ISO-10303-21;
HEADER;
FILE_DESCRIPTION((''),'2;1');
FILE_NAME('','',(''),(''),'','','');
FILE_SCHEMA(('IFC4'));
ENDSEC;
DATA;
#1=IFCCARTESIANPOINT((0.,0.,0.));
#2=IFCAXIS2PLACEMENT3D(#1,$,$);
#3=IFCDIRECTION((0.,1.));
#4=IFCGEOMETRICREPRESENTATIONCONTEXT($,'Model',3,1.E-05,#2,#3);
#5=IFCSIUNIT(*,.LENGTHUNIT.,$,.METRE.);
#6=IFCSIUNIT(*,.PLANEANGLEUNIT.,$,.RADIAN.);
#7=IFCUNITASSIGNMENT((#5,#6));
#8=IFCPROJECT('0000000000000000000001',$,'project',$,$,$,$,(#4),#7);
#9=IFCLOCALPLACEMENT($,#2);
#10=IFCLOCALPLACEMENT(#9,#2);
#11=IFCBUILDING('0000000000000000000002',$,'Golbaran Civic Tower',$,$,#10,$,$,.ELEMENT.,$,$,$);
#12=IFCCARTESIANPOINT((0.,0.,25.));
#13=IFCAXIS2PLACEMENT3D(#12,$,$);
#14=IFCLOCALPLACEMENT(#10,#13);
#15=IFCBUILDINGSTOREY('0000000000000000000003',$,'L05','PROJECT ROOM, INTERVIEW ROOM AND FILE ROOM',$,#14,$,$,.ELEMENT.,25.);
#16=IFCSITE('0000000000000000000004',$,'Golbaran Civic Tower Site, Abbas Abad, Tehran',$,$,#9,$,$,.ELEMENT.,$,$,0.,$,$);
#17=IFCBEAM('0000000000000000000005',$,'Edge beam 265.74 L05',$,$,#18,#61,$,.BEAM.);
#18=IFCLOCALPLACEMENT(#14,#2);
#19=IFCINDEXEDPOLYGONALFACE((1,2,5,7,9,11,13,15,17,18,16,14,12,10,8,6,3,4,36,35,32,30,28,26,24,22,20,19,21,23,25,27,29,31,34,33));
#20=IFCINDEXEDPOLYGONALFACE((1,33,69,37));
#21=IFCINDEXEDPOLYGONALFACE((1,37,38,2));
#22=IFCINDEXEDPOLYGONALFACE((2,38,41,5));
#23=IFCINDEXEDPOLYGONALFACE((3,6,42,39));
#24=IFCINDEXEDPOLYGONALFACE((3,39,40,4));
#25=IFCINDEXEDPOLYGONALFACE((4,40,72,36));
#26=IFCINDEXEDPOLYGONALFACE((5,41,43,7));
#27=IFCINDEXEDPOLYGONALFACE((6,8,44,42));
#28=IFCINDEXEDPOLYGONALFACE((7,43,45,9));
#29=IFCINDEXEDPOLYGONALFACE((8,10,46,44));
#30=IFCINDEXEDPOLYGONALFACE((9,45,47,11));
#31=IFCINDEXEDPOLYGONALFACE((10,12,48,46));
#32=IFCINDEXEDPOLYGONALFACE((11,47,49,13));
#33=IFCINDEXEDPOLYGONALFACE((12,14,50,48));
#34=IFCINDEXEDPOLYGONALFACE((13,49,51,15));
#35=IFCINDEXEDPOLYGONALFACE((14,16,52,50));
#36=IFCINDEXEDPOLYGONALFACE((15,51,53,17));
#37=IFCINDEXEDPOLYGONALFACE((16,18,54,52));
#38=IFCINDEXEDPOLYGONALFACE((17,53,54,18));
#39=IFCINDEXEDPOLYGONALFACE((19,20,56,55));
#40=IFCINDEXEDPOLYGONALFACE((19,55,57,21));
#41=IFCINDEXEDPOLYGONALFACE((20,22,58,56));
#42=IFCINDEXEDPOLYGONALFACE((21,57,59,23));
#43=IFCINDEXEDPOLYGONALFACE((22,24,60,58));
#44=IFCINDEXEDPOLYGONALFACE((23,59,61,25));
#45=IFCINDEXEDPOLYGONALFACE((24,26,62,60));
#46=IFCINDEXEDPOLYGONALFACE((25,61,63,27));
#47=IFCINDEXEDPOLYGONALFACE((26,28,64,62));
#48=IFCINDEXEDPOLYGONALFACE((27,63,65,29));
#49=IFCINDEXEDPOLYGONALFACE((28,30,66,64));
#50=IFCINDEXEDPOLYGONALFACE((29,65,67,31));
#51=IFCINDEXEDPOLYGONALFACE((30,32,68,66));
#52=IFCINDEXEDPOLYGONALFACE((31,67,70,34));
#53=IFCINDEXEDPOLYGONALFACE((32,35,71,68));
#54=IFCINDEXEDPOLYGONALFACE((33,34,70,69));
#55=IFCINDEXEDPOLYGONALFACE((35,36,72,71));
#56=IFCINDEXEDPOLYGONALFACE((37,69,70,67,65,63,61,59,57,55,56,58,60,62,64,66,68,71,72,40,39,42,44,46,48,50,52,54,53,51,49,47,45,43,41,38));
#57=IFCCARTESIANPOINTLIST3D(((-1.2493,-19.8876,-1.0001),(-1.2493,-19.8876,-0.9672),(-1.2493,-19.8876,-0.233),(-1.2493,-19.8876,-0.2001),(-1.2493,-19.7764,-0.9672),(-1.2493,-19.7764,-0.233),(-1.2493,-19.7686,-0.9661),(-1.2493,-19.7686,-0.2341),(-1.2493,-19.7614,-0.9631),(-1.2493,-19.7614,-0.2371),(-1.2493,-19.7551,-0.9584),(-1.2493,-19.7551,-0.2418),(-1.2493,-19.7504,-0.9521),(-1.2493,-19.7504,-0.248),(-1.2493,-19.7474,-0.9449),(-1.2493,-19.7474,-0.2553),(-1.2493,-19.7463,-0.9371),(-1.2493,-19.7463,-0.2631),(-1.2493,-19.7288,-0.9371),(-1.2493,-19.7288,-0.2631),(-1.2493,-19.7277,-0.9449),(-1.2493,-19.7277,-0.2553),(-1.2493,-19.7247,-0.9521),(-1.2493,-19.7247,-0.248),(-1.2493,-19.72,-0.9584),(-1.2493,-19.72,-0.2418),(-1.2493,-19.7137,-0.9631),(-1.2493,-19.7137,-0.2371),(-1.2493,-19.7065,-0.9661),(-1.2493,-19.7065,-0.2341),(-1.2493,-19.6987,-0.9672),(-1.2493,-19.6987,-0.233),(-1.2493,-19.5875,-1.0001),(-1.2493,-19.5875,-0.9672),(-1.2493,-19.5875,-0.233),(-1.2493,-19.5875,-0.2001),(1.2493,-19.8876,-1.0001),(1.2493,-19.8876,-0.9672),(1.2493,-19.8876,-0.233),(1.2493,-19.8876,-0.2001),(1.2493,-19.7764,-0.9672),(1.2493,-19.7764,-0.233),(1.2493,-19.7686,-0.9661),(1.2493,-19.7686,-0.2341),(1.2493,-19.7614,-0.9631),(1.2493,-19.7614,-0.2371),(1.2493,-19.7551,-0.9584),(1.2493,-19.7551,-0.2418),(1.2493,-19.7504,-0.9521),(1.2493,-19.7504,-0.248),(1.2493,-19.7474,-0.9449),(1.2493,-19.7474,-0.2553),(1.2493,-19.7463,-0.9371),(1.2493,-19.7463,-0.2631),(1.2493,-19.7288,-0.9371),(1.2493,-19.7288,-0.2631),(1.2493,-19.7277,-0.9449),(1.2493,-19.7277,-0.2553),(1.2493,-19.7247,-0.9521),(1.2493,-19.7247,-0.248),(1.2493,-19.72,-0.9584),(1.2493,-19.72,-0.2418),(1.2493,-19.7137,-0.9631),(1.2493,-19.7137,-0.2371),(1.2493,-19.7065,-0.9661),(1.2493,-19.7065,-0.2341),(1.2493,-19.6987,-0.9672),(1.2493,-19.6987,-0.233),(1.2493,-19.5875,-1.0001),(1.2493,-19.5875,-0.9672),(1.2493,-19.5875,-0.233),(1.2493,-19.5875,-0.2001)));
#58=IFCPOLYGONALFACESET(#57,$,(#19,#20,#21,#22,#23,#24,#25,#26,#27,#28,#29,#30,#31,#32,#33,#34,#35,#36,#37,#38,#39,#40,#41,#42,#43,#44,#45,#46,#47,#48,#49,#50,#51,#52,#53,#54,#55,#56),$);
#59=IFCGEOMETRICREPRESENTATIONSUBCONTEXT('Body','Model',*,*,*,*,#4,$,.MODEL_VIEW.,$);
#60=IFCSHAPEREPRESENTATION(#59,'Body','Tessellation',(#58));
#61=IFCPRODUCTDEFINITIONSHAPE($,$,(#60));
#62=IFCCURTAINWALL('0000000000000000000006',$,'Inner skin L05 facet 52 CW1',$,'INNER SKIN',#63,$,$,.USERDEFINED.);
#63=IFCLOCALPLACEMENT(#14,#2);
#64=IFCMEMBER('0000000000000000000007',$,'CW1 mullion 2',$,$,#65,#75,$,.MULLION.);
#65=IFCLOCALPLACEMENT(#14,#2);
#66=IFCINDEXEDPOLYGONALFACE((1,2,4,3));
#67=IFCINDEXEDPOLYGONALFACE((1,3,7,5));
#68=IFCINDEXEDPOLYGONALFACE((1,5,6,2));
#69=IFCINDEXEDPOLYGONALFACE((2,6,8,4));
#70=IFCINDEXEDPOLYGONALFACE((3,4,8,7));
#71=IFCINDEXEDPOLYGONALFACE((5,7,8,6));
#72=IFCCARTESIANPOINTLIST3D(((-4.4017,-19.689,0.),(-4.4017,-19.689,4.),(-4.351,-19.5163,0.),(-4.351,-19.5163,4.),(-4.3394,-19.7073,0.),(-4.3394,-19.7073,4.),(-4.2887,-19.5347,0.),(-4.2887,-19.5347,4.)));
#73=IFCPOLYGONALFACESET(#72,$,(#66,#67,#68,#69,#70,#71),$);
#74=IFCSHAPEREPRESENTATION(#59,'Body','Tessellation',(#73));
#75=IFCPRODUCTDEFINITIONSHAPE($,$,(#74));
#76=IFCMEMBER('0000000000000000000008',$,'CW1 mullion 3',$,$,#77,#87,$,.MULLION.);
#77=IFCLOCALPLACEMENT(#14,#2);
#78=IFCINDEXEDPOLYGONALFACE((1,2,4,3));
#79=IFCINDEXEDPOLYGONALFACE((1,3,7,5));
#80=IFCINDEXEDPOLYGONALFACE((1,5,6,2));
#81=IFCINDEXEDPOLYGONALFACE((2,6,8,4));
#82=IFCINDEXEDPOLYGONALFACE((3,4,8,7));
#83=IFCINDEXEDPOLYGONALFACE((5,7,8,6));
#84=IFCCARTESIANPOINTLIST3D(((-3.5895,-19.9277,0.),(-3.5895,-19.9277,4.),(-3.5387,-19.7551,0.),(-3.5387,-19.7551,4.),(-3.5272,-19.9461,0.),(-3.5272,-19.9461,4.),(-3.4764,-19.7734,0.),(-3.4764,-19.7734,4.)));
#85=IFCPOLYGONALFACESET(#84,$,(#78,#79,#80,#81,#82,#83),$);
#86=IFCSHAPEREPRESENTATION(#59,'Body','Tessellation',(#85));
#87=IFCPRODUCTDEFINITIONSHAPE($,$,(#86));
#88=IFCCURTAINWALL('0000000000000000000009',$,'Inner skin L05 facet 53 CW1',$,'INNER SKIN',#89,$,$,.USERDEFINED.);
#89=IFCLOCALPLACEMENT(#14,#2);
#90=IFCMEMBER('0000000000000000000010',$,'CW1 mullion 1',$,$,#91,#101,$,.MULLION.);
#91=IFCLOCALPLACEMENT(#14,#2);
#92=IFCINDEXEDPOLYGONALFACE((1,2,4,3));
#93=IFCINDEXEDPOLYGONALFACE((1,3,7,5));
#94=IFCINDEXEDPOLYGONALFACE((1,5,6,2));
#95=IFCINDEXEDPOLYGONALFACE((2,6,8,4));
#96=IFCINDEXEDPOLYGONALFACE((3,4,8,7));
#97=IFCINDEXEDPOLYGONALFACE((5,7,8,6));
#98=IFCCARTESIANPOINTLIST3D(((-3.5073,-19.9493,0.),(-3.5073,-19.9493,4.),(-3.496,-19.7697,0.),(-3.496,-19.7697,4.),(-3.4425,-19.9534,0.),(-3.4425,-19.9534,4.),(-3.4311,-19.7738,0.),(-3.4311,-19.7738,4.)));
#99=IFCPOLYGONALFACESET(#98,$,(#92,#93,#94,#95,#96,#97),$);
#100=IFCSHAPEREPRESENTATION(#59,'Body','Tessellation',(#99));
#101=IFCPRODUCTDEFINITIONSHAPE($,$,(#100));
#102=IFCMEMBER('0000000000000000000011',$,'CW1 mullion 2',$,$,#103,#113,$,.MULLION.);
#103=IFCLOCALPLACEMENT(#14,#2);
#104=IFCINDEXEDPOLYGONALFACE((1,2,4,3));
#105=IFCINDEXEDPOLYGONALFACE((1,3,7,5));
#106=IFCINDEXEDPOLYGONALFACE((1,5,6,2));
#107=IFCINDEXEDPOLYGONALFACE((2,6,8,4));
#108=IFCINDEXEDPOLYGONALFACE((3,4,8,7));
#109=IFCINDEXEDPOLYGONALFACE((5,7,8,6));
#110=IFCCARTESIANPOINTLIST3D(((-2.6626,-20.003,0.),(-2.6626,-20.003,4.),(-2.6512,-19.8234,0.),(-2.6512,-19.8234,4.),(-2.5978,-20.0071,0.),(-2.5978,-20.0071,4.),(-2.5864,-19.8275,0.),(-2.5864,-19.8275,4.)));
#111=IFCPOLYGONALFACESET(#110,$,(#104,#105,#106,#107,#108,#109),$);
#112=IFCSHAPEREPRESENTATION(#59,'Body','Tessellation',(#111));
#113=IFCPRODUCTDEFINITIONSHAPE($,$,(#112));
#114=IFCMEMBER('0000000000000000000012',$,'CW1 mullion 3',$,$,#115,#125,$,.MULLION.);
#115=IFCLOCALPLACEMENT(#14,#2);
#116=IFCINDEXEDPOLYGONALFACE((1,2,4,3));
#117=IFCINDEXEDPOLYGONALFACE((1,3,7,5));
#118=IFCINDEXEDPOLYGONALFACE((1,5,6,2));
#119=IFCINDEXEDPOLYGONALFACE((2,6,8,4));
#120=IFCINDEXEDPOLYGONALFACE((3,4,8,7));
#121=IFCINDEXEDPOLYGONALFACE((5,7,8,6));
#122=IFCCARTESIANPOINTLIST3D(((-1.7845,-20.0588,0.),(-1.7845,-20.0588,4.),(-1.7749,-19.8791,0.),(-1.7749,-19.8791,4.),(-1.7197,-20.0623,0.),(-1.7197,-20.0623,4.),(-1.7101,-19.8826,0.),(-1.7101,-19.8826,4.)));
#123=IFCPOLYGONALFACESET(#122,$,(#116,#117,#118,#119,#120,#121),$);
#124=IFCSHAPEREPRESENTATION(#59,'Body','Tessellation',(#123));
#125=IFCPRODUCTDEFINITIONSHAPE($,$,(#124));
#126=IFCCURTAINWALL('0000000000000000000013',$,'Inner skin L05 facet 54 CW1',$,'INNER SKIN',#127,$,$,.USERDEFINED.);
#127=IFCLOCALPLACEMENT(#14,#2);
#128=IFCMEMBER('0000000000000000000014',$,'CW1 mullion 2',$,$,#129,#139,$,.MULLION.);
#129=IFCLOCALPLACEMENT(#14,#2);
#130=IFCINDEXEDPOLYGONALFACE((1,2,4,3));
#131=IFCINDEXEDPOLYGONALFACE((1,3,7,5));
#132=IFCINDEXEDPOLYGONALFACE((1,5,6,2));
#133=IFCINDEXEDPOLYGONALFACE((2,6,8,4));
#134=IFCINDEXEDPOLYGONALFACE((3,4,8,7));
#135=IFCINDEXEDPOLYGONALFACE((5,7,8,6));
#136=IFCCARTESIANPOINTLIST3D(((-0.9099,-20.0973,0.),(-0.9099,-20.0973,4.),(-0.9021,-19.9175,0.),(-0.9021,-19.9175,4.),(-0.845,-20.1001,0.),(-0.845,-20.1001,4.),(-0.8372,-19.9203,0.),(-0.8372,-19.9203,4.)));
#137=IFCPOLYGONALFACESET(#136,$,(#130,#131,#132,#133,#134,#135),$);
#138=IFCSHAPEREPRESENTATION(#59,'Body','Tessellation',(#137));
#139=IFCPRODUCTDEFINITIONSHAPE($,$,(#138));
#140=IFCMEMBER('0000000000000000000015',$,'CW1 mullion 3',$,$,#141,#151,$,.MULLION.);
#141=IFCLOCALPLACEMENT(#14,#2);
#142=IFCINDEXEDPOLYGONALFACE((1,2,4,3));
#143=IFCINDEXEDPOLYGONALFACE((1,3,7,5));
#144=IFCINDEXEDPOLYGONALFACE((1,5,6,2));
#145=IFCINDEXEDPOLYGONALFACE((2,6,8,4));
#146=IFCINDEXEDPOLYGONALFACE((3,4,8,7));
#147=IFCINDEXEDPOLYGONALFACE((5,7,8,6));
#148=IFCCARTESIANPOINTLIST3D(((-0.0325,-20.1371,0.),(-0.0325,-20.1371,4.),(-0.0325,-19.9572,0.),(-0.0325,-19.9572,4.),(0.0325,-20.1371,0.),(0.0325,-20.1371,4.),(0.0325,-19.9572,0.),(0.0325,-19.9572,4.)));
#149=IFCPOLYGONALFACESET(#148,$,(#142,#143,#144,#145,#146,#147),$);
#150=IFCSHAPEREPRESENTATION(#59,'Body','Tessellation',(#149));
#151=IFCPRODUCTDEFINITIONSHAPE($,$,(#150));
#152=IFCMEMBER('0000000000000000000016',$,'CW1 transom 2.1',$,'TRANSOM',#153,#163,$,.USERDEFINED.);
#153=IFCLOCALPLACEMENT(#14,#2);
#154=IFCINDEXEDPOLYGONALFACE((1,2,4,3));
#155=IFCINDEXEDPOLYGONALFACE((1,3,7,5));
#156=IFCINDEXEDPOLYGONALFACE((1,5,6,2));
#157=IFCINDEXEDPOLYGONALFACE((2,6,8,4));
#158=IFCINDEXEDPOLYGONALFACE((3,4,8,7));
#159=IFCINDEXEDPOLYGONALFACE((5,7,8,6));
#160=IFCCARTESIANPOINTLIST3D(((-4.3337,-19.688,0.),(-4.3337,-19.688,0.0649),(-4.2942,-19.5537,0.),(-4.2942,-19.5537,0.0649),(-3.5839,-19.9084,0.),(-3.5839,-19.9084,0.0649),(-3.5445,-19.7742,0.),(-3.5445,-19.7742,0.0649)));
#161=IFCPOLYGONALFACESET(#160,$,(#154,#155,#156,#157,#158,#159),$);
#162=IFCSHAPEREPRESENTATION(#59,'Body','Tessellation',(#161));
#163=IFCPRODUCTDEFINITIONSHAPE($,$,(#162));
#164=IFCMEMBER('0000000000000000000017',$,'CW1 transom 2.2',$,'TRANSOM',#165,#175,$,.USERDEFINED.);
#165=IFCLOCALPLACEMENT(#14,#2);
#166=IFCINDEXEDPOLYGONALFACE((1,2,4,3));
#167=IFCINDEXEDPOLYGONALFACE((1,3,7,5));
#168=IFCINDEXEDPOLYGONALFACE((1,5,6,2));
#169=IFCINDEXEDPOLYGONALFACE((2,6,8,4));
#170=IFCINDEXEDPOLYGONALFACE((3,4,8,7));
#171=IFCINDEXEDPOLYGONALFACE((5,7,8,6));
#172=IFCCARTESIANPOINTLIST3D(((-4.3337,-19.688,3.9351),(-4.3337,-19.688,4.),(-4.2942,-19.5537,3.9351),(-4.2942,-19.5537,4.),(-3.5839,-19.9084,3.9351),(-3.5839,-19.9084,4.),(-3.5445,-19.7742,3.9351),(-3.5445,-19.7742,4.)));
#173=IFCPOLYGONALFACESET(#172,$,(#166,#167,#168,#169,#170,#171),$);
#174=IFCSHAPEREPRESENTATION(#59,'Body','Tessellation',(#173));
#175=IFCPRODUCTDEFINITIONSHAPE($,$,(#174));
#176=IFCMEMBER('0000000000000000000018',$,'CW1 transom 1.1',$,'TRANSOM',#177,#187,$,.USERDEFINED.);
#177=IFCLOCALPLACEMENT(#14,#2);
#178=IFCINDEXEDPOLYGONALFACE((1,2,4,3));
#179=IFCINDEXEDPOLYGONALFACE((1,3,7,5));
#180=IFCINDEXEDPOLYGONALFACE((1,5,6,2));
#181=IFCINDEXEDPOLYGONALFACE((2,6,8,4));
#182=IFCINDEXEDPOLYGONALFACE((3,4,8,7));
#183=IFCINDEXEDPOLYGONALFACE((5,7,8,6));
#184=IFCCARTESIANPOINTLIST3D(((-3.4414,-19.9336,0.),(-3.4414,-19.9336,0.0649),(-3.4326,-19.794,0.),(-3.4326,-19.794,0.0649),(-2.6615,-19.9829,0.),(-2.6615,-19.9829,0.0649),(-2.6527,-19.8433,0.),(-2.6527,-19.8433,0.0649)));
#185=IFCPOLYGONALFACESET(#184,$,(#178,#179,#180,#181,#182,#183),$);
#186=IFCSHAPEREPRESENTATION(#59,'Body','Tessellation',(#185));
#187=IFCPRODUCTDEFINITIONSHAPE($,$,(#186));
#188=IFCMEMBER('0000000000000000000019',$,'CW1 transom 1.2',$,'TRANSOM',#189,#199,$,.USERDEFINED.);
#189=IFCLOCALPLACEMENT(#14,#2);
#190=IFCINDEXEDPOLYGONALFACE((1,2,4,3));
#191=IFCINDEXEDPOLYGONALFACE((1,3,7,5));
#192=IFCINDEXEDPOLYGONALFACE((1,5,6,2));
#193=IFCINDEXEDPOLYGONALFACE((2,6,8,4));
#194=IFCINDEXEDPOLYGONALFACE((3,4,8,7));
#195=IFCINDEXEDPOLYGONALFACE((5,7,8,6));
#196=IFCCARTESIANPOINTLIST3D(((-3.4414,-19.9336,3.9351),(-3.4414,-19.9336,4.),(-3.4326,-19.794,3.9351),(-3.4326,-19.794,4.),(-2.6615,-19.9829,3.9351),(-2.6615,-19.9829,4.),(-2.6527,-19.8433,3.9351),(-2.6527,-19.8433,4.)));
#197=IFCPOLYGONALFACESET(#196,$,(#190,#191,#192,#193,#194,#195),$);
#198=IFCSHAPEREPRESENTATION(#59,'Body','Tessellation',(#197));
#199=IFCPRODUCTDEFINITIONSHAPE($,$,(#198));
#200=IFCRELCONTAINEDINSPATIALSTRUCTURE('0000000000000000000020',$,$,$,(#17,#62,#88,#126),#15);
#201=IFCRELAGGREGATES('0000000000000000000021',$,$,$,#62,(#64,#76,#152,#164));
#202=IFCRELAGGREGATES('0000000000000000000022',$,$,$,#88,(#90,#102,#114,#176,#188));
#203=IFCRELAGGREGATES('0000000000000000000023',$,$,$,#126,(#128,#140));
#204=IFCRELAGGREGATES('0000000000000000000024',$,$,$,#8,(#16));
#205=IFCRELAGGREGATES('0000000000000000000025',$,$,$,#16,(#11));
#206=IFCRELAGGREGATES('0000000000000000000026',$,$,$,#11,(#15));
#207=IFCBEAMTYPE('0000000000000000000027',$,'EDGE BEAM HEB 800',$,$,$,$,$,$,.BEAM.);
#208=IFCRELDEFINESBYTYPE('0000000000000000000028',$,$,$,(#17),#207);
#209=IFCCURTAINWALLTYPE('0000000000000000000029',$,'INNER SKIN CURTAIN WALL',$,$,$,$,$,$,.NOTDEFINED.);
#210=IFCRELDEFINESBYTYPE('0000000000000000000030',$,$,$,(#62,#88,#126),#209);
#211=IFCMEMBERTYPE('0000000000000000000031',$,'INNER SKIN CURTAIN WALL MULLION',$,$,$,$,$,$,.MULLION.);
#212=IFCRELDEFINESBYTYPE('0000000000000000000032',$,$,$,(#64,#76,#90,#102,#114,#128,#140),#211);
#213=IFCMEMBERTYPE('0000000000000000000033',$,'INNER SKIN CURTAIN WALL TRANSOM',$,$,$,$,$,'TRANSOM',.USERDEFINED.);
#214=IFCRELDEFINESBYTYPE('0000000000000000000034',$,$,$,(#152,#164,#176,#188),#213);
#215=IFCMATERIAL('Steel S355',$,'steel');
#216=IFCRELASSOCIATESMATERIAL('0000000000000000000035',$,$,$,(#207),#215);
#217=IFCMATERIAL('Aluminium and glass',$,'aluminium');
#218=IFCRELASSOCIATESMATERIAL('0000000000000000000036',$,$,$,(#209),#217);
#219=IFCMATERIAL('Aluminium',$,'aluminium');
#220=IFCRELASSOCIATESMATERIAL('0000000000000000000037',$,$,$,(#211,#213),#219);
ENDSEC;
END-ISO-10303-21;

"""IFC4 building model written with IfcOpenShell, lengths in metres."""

from ifc_helpers import new_model, si_unit, direction, frame, origin, origin_2d, place, context, subcontext, project, spatial, rectangle, i_section, extrude, material, material_profile, profile_set, type_object, element, aggregate, save


model = new_model("IFC4")

# Units and contexts
model_context = context("Model", 3, precision=1e-05, world=origin(), true_north=direction((0.0, 1.0)))
body_context = subcontext(model_context, "Body", "Model", "MODEL_VIEW")
ifc_project = project(units=[si_unit("LENGTHUNIT", "METRE"), si_unit("PLANEANGLEUNIT", "RADIAN")], contexts=[model_context])

# Site, building, storey
site_placement = place(None, origin())
site = spatial("IfcSite", under=ifc_project, at=site_placement, Name="Golbaran Civic Tower Site, Abbas Abad, Tehran", CompositionType="ELEMENT", RefElevation=0.0)
building_placement = place(site_placement, origin())
building = spatial("IfcBuilding", under=site, at=building_placement, Name="Golbaran Civic Tower", CompositionType="ELEMENT")
storey_placement = place(building_placement, frame((0.0, 0.0, 25.0)))
storey = spatial("IfcBuildingStorey", under=building, at=storey_placement, Name="L05", Description="PROJECT ROOM, INTERVIEW ROOM AND FILE ROOM", CompositionType="ELEMENT", Elevation=25.0)

# Beam
ifc_material_1 = material(Name="Steel S355", Category="steel")
ifc_material_profile_1 = material_profile(ifc_material_1, i_section(OverallWidth=0.3, OverallDepth=0.8, WebThickness=0.0176, FlangeThickness=0.033, FilletRadius=0.03, at=origin_2d()), Name="HEB 800")
ifc_profile_set_1 = profile_set([ifc_material_profile_1], Name="Steel S355")
beam_type = type_object("IfcBeamType", Name="EDGE BEAM HEB 800", PredefinedType="BEAM", material=ifc_profile_set_1)
beam_placement = place(storey_placement, frame((-1.2493, -19.7375, -0.6001), z_axis=(1.0, 0.0, 0.0), x_axis=(0.0, 1.0, 0.0)))
element("IfcBeam", 1, at=beam_placement, inside=storey, type_object=beam_type, Name="Edge beam 265.74 L05", PredefinedType="BEAM", context=body_context, shape_type="SweptSolid", body=[
    extrude(i_section(OverallWidth=0.3, OverallDepth=0.8, WebThickness=0.0176, FlangeThickness=0.033, FilletRadius=0.03, at=origin_2d()), origin(), (0.0, 0.0, 1.0), 2.4985),
])

# Curtain walls, members
ifc_material_2 = material(Name="Aluminium and glass", Category="aluminium")
curtain_wall_type = type_object("IfcCurtainWallType", Name="INNER SKIN CURTAIN WALL", PredefinedType="NOTDEFINED", material=ifc_material_2)
curtain_wall_1_placement = place(storey_placement, origin())
curtain_wall_1 = element("IfcCurtainWall", 2, at=curtain_wall_1_placement, inside=storey, type_object=curtain_wall_type, Name="Inner skin L05 facet 52 CW1", ObjectType="INNER SKIN", PredefinedType="USERDEFINED")
ifc_material_3 = material(Name="Aluminium", Category="aluminium")
ifc_material_profile_2 = material_profile(ifc_material_3, rectangle(XDim=0.1799, YDim=0.0649, at=origin_2d()), Name="INNER SKIN CURTAIN WALL MULLION")
ifc_profile_set_2 = profile_set([ifc_material_profile_2], Name="Aluminium")
member_type_1 = type_object("IfcMemberType", Name="INNER SKIN CURTAIN WALL MULLION", PredefinedType="MULLION", material=ifc_profile_set_2)
member_1_placement = place(storey_placement, frame((-4.3452, -19.6118, 0.0), z_axis=(0.0, 0.0, 1.0), x_axis=(0.281964, 0.959425, 0.0)))
member_1 = element("IfcMember", 3, at=member_1_placement, type_object=member_type_1, Name="CW1 mullion 2", PredefinedType="MULLION", context=body_context, shape_type="SweptSolid", body=[
    extrude(rectangle(XDim=0.1799, YDim=0.0649, at=origin_2d()), origin(), (0.0, 0.0, 1.0), 4.0),
])
member_2_placement = place(storey_placement, frame((-3.533, -19.8506, 0.0), z_axis=(0.0, 0.0, 1.0), x_axis=(0.281964, 0.959425, 0.0)))
member_2 = element("IfcMember", 4, at=member_2_placement, type_object=member_type_1, Name="CW1 mullion 3", PredefinedType="MULLION", context=body_context, shape_type="SweptSolid", body=[
    extrude(rectangle(XDim=0.1799, YDim=0.0649, at=origin_2d()), origin(), (0.0, 0.0, 1.0), 4.0),
])
curtain_wall_2_placement = place(storey_placement, origin())
curtain_wall_2 = element("IfcCurtainWall", 5, at=curtain_wall_2_placement, inside=storey, type_object=curtain_wall_type, Name="Inner skin L05 facet 53 CW1", ObjectType="INNER SKIN", PredefinedType="USERDEFINED")
member_3_placement = place(storey_placement, frame((-3.4692, -19.8616, 0.0), z_axis=(0.0, 0.0, 1.0), x_axis=(0.063183, 0.998002, 0.0)))
member_3 = element("IfcMember", 6, at=member_3_placement, type_object=member_type_1, Name="CW1 mullion 1", PredefinedType="MULLION", context=body_context, shape_type="SweptSolid", body=[
    extrude(rectangle(XDim=0.1799, YDim=0.0649, at=origin_2d()), origin(), (0.0, 0.0, 1.0), 4.0),
])
member_4_placement = place(storey_placement, frame((-2.6245, -19.9153, 0.0), z_axis=(0.0, 0.0, 1.0), x_axis=(0.063183, 0.998002, 0.0)))
member_4 = element("IfcMember", 7, at=member_4_placement, type_object=member_type_1, Name="CW1 mullion 2", PredefinedType="MULLION", context=body_context, shape_type="SweptSolid", body=[
    extrude(rectangle(XDim=0.1799, YDim=0.0649, at=origin_2d()), origin(), (0.0, 0.0, 1.0), 4.0),
])
member_5_placement = place(storey_placement, frame((-1.7473, -19.9707, 0.0), z_axis=(0.0, 0.0, 1.0), x_axis=(0.053404, 0.998573, 0.0)))
member_5 = element("IfcMember", 8, at=member_5_placement, type_object=member_type_1, Name="CW1 mullion 3", PredefinedType="MULLION", context=body_context, shape_type="SweptSolid", body=[
    extrude(rectangle(XDim=0.1799, YDim=0.0649, at=origin_2d()), origin(), (0.0, 0.0, 1.0), 4.0),
])
curtain_wall_3_placement = place(storey_placement, origin())
curtain_wall_3 = element("IfcCurtainWall", 9, at=curtain_wall_3_placement, inside=storey, type_object=curtain_wall_type, Name="Inner skin L05 facet 54 CW1", ObjectType="INNER SKIN", PredefinedType="USERDEFINED")
member_6_placement = place(storey_placement, frame((-0.8735, -20.0088, 0.0), z_axis=(0.0, 0.0, 1.0), x_axis=(0.043619, 0.999048, 0.0)))
member_6 = element("IfcMember", 10, at=member_6_placement, type_object=member_type_1, Name="CW1 mullion 2", PredefinedType="MULLION", context=body_context, shape_type="SweptSolid", body=[
    extrude(rectangle(XDim=0.1799, YDim=0.0649, at=origin_2d()), origin(), (0.0, 0.0, 1.0), 4.0),
])
member_7_placement = place(storey_placement, frame((0.0, -20.0471, 0.0), z_axis=(0.0, 0.0, 1.0), x_axis=(0.0, 1.0, 0.0)))
member_7 = element("IfcMember", 11, at=member_7_placement, type_object=member_type_1, Name="CW1 mullion 3", PredefinedType="MULLION", context=body_context, shape_type="SweptSolid", body=[
    extrude(rectangle(XDim=0.1799, YDim=0.0649, at=origin_2d()), origin(), (0.0, 0.0, 1.0), 4.0),
])

# Members
ifc_material_profile_3 = material_profile(ifc_material_3, rectangle(XDim=0.1399, YDim=0.0649, at=origin_2d()), Name="INNER SKIN CURTAIN WALL TRANSOM")
ifc_profile_set_3 = profile_set([ifc_material_profile_3], Name="Aluminium")
member_type_2 = type_object("IfcMemberType", Name="INNER SKIN CURTAIN WALL TRANSOM", ElementType="TRANSOM", PredefinedType="USERDEFINED", material=ifc_profile_set_3)
member_8_placement = place(storey_placement, frame((-4.314, -19.6208, 0.0325), z_axis=(0.959385, -0.282099, 0.0), x_axis=(0.282099, 0.959385, 0.0)))
member_8 = element("IfcMember", 12, at=member_8_placement, type_object=member_type_2, Name="CW1 transom 2.1", ObjectType="TRANSOM", PredefinedType="USERDEFINED", context=body_context, shape_type="SweptSolid", body=[
    extrude(rectangle(XDim=0.1399, YDim=0.0649, at=origin_2d()), origin(), (0.0, 0.0, 1.0), 0.7815),
])
member_9_placement = place(storey_placement, frame((-4.314, -19.6208, 3.9675), z_axis=(0.959385, -0.282099, 0.0), x_axis=(0.282099, 0.959385, 0.0)))
member_9 = element("IfcMember", 13, at=member_9_placement, type_object=member_type_2, Name="CW1 transom 2.2", ObjectType="TRANSOM", PredefinedType="USERDEFINED", context=body_context, shape_type="SweptSolid", body=[
    extrude(rectangle(XDim=0.1399, YDim=0.0649, at=origin_2d()), origin(), (0.0, 0.0, 1.0), 0.7815),
])
member_10_placement = place(storey_placement, frame((-3.437, -19.8638, 0.0325), z_axis=(0.998007, -0.063098, 0.0), x_axis=(0.063098, 0.998007, 0.0)))
member_10 = element("IfcMember", 14, at=member_10_placement, type_object=member_type_2, Name="CW1 transom 1.1", ObjectType="TRANSOM", PredefinedType="USERDEFINED", context=body_context, shape_type="SweptSolid", body=[
    extrude(rectangle(XDim=0.1399, YDim=0.0649, at=origin_2d()), origin(), (0.0, 0.0, 1.0), 0.7815),
])
member_11_placement = place(storey_placement, frame((-3.437, -19.8638, 3.9675), z_axis=(0.998007, -0.063098, 0.0), x_axis=(0.063098, 0.998007, 0.0)))
member_11 = element("IfcMember", 15, at=member_11_placement, type_object=member_type_2, Name="CW1 transom 1.2", ObjectType="TRANSOM", PredefinedType="USERDEFINED", context=body_context, shape_type="SweptSolid", body=[
    extrude(rectangle(XDim=0.1399, YDim=0.0649, at=origin_2d()), origin(), (0.0, 0.0, 1.0), 0.7815),
])

aggregate(curtain_wall_1, [member_1, member_2, member_8, member_9])
aggregate(curtain_wall_2, [member_3, member_4, member_5, member_10, member_11])
aggregate(curtain_wall_3, [member_6, member_7])

save(model, "model.ifc")
